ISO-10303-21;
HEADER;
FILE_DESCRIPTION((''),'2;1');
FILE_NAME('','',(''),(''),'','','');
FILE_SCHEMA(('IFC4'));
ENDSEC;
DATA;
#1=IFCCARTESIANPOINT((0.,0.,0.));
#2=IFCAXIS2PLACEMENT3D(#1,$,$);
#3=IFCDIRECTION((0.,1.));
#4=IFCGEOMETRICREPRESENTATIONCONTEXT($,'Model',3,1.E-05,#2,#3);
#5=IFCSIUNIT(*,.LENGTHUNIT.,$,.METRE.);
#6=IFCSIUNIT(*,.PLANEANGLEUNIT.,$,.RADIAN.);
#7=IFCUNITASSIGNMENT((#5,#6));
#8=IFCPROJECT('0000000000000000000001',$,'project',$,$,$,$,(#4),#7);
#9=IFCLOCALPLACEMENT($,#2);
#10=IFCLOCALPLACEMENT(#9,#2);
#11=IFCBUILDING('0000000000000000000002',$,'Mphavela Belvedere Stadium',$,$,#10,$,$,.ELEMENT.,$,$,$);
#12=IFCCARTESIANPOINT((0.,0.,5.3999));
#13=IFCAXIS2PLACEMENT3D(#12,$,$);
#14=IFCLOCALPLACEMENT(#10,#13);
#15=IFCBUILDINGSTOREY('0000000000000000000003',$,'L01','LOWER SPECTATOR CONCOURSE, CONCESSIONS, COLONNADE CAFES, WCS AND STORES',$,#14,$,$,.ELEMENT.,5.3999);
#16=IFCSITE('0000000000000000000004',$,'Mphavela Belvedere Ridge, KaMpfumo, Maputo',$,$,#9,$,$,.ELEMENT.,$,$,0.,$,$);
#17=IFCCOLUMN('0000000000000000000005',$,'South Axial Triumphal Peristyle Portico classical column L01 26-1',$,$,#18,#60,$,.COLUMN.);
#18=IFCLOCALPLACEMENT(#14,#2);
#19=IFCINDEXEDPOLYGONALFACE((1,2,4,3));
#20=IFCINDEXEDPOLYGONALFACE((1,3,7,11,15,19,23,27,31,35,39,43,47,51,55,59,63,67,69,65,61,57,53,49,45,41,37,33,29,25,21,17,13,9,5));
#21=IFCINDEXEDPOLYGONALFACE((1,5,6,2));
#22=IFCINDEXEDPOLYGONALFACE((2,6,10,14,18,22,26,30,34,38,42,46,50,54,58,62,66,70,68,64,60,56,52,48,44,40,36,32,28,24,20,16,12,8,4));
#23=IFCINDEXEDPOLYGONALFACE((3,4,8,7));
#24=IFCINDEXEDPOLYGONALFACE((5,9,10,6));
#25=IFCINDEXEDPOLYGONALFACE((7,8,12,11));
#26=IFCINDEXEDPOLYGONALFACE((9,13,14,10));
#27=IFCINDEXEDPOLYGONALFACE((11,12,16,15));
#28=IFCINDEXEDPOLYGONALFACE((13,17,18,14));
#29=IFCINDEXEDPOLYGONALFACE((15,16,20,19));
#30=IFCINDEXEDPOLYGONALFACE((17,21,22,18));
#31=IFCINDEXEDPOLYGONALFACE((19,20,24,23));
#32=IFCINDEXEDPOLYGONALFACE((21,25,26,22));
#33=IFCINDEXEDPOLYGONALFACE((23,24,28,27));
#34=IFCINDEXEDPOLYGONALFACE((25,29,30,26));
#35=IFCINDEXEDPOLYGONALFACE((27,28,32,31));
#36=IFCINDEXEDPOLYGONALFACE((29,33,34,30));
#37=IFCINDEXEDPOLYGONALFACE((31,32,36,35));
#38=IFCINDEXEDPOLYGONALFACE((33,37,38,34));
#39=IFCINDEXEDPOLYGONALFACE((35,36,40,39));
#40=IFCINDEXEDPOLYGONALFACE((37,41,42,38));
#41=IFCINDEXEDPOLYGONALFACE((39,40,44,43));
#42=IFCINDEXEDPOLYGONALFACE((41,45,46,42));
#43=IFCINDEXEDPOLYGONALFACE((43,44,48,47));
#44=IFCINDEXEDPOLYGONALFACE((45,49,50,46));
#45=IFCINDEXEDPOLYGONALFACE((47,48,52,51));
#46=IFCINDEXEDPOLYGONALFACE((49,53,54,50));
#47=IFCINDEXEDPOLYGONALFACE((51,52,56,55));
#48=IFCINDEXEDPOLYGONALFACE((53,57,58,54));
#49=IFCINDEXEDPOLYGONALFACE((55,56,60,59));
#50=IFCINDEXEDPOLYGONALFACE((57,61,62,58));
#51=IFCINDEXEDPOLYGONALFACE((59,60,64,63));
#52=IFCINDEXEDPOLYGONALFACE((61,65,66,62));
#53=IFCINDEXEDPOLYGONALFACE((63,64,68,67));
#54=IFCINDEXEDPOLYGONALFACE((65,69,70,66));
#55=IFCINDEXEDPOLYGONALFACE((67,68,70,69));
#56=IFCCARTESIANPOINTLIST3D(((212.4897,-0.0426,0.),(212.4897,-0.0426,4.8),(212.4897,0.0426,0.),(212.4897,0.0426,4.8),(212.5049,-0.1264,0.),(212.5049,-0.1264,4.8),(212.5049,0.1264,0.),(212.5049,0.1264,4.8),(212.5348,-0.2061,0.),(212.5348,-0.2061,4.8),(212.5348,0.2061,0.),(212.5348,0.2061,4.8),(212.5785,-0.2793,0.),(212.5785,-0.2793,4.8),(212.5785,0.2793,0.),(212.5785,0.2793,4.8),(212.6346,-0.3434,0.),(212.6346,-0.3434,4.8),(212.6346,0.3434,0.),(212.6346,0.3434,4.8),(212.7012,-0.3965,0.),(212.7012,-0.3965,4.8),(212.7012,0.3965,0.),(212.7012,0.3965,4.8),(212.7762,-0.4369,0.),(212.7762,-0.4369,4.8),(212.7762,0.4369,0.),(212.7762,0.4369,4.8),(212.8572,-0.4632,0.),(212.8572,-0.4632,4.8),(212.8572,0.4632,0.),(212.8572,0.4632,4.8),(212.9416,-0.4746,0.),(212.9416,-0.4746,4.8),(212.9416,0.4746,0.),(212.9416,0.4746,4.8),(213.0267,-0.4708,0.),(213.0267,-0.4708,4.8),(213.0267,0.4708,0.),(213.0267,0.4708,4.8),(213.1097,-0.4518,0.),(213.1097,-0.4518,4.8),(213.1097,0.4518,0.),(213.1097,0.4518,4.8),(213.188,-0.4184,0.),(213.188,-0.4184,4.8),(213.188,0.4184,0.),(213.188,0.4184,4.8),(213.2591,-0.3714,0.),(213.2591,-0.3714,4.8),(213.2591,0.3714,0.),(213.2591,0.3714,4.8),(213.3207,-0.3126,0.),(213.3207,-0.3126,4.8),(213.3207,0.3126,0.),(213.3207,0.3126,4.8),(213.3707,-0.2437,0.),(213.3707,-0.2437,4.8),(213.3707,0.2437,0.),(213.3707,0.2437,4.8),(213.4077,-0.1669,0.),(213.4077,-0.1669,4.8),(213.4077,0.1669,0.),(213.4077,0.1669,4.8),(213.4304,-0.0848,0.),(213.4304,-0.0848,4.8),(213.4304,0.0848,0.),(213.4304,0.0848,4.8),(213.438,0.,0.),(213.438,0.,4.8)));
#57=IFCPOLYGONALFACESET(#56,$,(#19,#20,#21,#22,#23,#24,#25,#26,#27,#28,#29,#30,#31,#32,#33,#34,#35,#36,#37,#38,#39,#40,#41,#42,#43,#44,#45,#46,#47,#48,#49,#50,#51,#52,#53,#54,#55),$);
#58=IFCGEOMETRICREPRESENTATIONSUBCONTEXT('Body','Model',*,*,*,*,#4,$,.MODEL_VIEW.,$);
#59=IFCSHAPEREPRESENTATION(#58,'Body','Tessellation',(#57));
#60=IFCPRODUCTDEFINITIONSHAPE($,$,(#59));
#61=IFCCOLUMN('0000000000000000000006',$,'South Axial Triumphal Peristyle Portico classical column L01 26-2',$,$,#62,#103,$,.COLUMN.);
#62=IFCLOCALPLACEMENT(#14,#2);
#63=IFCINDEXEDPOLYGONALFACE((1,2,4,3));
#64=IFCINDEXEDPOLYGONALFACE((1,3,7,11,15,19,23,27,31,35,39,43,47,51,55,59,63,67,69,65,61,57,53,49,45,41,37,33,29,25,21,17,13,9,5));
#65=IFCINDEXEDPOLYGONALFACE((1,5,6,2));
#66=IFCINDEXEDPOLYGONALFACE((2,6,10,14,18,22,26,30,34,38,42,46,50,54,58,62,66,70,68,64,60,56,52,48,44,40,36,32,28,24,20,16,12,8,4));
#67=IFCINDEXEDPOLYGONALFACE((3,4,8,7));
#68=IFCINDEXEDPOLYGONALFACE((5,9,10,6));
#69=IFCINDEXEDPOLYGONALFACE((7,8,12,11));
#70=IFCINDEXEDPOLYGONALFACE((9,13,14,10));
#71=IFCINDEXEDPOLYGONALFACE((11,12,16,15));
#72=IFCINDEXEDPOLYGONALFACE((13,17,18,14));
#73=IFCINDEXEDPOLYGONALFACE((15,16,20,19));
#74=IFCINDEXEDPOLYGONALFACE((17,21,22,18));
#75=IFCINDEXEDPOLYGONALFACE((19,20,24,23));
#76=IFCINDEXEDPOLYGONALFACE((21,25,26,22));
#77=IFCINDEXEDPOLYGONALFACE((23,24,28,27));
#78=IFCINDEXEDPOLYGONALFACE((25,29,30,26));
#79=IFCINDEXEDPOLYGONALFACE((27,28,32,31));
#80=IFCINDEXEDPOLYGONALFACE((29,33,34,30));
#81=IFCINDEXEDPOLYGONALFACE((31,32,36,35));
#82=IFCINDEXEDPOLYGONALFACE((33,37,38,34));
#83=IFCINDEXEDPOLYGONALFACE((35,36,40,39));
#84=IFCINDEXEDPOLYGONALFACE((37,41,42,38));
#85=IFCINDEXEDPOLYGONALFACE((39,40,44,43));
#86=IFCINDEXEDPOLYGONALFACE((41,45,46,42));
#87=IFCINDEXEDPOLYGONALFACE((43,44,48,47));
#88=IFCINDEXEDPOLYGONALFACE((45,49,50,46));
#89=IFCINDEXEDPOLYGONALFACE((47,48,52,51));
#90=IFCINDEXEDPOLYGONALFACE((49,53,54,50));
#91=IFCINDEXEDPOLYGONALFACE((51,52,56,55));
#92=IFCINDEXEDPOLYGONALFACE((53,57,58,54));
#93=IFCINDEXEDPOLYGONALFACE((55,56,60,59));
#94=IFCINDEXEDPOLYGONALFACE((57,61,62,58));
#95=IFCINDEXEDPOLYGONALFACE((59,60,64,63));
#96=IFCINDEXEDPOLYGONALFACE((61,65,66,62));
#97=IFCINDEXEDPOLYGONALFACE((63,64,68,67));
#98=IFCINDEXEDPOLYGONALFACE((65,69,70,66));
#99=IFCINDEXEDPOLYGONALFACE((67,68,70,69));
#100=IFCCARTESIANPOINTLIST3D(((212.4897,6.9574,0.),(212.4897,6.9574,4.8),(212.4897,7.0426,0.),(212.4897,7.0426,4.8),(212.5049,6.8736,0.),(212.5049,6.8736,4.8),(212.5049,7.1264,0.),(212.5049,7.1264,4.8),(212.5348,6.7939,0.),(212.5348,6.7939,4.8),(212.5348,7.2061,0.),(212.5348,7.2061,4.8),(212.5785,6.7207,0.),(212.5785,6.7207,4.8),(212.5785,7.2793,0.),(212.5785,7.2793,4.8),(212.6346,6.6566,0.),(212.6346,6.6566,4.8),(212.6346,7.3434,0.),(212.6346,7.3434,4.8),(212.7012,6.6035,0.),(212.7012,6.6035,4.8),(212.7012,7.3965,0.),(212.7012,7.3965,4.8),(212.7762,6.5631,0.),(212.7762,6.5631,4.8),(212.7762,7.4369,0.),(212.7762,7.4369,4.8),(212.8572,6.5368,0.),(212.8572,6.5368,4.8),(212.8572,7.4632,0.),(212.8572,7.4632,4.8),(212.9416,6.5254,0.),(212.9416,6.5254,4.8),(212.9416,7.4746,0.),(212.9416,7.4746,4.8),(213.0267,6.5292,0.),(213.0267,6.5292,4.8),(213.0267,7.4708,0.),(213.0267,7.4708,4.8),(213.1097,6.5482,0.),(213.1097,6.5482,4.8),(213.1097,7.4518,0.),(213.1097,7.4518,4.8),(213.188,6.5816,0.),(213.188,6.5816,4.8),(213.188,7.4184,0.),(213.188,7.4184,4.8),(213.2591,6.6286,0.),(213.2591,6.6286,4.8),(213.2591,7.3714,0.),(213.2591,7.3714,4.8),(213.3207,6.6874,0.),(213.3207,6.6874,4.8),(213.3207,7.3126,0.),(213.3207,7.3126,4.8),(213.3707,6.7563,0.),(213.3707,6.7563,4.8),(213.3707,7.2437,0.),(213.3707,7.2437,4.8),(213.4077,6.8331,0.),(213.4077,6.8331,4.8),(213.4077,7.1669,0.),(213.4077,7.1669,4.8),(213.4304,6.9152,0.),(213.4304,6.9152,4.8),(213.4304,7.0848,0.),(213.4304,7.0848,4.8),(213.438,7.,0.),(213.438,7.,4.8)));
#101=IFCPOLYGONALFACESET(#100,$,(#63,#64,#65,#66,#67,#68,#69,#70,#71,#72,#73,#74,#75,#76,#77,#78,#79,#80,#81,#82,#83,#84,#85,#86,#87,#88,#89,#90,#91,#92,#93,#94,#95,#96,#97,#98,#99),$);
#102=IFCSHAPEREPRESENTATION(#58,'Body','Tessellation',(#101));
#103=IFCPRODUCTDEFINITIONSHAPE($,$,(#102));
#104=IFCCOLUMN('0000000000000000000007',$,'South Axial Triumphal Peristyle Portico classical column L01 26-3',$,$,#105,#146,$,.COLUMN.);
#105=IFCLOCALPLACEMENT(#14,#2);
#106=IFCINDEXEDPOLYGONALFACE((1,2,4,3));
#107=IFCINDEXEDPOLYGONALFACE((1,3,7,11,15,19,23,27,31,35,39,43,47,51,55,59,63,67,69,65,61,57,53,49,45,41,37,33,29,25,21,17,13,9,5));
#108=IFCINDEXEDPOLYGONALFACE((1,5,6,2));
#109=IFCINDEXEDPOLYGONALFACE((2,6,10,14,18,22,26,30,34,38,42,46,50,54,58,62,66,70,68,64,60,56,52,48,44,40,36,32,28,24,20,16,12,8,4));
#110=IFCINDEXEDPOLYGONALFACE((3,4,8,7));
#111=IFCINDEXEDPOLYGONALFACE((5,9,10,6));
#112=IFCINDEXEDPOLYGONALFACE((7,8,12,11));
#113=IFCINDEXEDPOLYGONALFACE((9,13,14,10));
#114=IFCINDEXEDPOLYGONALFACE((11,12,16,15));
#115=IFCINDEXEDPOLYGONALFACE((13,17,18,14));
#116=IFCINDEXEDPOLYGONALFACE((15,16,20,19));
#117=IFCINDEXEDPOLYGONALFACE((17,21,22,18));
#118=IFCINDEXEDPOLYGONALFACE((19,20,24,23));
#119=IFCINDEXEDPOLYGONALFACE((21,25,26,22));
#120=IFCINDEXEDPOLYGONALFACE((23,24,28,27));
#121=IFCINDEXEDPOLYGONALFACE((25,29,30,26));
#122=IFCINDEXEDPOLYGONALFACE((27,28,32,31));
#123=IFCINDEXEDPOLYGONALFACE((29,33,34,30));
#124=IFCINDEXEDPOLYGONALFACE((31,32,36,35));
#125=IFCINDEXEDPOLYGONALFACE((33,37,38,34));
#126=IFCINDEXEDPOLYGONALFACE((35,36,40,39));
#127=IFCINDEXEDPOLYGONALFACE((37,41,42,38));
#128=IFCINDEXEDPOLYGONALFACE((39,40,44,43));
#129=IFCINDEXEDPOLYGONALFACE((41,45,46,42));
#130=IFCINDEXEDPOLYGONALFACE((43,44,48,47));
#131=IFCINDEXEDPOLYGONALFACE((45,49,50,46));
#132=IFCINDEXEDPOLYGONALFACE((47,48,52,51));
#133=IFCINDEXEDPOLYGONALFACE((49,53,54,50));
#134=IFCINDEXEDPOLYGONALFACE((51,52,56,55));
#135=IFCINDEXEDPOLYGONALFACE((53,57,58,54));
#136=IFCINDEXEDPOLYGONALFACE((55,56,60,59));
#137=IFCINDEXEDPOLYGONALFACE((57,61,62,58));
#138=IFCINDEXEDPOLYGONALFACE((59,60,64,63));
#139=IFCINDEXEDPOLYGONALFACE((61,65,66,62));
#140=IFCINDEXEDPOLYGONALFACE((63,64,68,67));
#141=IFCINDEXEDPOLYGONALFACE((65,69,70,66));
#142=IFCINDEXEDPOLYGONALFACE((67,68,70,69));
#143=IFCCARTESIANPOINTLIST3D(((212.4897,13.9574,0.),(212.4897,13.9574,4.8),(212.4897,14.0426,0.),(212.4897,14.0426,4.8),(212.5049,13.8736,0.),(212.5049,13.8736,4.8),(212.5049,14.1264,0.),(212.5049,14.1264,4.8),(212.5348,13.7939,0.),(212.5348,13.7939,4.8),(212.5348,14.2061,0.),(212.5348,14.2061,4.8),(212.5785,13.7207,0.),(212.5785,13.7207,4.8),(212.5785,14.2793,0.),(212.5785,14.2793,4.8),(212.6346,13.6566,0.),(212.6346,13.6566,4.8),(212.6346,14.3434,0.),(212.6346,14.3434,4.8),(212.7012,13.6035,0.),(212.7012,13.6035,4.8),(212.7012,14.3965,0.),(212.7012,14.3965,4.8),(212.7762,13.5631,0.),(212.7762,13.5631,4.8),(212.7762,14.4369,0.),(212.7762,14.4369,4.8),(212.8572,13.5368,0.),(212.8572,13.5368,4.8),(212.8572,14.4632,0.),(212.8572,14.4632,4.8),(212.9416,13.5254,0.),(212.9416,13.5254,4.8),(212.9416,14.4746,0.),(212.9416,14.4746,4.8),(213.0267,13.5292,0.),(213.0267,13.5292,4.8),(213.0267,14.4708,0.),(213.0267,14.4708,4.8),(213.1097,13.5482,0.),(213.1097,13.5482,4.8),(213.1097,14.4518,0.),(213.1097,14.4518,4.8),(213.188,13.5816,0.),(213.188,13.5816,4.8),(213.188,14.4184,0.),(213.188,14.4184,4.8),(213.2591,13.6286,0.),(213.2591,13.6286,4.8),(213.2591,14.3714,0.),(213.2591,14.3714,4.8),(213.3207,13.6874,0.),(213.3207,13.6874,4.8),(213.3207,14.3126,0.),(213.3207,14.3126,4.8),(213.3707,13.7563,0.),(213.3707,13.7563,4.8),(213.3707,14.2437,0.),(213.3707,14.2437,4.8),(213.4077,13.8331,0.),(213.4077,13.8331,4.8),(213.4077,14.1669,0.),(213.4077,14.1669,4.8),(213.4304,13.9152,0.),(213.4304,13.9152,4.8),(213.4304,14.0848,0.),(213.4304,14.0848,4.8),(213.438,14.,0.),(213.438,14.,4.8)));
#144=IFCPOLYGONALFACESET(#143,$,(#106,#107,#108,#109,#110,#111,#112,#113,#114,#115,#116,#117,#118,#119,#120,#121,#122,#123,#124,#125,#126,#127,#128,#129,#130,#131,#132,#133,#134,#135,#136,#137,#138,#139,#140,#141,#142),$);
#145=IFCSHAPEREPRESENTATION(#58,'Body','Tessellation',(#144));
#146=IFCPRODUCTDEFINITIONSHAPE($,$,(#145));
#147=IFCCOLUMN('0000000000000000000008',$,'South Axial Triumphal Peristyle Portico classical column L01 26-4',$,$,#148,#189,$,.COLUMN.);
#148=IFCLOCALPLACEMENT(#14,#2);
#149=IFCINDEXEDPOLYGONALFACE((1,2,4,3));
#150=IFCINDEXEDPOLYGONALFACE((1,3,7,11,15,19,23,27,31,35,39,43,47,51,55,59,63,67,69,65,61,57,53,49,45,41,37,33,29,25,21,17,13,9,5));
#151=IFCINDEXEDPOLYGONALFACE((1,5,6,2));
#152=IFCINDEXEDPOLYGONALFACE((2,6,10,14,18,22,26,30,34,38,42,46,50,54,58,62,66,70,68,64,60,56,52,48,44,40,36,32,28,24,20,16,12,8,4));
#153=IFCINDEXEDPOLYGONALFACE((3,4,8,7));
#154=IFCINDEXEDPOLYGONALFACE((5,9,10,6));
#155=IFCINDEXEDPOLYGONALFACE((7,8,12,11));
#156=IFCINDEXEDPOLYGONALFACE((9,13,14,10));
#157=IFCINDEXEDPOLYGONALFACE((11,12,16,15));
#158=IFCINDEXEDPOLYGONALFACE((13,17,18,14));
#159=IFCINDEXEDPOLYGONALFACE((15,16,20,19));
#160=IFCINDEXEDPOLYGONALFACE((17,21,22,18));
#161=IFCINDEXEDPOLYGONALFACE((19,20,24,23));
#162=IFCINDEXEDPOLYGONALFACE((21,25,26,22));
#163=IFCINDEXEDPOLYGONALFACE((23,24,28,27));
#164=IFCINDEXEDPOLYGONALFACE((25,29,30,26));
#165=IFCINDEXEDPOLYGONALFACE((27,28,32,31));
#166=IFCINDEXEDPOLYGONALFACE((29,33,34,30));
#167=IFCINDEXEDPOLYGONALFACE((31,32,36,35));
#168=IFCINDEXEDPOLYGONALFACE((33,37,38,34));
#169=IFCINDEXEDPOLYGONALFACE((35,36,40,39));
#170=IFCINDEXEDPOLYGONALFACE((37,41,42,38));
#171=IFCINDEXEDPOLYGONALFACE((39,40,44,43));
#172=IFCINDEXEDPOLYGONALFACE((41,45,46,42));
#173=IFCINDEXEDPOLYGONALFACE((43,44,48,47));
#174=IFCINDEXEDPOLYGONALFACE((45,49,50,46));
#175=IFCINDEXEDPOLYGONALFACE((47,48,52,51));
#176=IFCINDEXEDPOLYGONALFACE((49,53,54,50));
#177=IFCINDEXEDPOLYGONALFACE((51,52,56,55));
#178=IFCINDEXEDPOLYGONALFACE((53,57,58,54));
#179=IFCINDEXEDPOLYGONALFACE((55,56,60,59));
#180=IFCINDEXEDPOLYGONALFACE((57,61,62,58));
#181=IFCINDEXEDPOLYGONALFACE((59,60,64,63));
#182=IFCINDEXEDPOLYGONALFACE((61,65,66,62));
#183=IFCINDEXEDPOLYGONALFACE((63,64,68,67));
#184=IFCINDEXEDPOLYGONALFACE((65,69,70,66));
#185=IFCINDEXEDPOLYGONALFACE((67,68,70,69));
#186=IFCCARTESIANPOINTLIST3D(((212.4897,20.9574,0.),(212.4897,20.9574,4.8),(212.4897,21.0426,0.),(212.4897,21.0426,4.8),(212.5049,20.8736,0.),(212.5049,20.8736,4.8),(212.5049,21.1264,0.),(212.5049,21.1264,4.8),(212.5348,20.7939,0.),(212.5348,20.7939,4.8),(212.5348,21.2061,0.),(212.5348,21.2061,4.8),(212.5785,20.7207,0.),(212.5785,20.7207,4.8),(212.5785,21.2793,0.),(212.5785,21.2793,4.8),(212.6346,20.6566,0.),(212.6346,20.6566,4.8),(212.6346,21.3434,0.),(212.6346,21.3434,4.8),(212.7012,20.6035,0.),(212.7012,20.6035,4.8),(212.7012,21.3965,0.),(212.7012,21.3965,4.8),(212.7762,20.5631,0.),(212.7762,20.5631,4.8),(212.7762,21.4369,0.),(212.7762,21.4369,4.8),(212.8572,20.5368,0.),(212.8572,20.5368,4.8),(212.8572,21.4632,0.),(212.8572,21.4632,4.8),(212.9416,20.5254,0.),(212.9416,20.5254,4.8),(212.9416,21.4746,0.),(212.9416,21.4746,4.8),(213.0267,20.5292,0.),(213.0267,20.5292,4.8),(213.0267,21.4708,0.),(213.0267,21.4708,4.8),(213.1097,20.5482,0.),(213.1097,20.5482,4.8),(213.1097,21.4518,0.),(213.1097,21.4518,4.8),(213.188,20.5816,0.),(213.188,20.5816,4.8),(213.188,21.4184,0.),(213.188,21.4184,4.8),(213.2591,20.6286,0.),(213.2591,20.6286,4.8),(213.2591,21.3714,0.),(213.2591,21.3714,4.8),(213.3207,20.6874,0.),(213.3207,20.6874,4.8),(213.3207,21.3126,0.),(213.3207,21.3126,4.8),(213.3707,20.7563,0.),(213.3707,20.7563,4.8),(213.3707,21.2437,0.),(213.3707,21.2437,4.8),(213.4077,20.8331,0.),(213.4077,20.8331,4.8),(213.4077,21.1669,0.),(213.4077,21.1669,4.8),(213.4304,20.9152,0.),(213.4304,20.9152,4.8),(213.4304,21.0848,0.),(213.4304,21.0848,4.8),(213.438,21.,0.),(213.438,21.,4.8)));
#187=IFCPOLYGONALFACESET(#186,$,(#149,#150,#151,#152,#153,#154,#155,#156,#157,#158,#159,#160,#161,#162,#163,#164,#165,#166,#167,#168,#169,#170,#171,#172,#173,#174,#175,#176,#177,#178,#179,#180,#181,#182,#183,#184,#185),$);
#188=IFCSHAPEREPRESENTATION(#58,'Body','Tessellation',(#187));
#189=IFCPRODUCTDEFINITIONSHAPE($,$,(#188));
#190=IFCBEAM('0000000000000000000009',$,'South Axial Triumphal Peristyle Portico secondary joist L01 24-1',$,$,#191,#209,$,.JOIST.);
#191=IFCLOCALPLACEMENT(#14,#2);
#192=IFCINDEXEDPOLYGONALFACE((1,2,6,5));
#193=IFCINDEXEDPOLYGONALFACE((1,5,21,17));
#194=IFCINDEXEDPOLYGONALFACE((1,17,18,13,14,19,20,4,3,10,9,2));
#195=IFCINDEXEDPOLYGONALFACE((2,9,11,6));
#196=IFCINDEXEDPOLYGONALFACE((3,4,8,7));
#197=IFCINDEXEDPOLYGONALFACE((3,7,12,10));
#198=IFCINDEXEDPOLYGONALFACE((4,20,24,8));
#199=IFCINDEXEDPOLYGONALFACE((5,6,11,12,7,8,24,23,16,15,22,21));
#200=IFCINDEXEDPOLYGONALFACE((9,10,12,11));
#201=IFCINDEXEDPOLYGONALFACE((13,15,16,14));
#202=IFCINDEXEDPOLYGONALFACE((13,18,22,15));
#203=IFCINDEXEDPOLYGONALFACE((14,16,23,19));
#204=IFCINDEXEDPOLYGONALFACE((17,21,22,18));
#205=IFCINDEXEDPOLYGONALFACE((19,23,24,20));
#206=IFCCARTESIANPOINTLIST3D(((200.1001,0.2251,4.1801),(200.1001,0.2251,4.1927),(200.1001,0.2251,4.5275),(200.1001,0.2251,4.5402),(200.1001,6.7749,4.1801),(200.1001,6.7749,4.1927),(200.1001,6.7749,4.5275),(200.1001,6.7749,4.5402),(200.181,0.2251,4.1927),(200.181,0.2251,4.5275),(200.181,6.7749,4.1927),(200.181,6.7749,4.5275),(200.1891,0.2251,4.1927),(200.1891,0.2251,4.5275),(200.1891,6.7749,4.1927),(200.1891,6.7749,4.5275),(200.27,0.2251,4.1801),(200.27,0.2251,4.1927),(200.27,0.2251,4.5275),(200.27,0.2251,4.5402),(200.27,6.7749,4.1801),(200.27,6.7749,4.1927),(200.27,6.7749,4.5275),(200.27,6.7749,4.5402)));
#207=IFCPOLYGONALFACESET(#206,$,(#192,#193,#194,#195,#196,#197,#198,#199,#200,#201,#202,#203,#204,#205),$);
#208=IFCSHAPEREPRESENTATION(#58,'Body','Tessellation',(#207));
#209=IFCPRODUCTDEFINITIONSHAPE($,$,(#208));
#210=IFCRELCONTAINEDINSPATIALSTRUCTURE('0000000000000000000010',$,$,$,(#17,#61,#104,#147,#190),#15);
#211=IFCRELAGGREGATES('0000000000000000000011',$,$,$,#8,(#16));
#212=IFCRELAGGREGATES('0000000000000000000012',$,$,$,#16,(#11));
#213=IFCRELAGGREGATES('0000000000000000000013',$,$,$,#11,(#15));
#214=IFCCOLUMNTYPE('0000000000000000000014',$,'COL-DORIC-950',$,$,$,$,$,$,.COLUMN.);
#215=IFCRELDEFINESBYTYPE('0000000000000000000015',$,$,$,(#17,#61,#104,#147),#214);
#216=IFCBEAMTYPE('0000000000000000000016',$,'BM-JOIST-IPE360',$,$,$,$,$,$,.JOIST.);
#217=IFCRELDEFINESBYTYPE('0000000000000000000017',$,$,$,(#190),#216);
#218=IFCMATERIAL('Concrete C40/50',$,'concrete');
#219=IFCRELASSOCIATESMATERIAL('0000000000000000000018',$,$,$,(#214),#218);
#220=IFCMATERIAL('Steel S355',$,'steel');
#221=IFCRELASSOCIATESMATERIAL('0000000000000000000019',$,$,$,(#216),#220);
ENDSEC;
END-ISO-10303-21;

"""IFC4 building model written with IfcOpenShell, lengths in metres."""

from ifc_helpers import new_model, si_unit, direction, frame, origin, origin_2d, place, context, subcontext, project, spatial, circle, i_section, extrude, material, material_profile, profile_set, type_object, element, save


model = new_model("IFC4")

# Units and contexts
model_context = context("Model", 3, precision=1e-05, world=origin(), true_north=direction((0.0, 1.0)))
body_context = subcontext(model_context, "Body", "Model", "MODEL_VIEW")
ifc_project = project(units=[si_unit("LENGTHUNIT", "METRE"), si_unit("PLANEANGLEUNIT", "RADIAN")], contexts=[model_context])

# Site, building, storey
site_placement = place(None, origin())
site = spatial("IfcSite", under=ifc_project, at=site_placement, Name="Mphavela Belvedere Ridge, KaMpfumo, Maputo", CompositionType="ELEMENT", RefElevation=0.0)
building_placement = place(site_placement, origin())
building = spatial("IfcBuilding", under=site, at=building_placement, Name="Mphavela Belvedere Stadium", CompositionType="ELEMENT")
storey_placement = place(building_placement, frame((0.0, 0.0, 5.3999)))
storey = spatial("IfcBuildingStorey", under=building, at=storey_placement, Name="L01", Description="LOWER SPECTATOR CONCOURSE, CONCESSIONS, COLONNADE CAFES, WCS AND STORES", CompositionType="ELEMENT", Elevation=5.3999)

# Columns
ifc_material_1 = material(Name="Concrete C40/50", Category="concrete")
ifc_material_profile_1 = material_profile(ifc_material_1, circle(Radius=0.4751, at=origin_2d()), Name="COL D950")
ifc_profile_set_1 = profile_set([ifc_material_profile_1], Name="Concrete C40/50")
column_type = type_object("IfcColumnType", Name="COL-DORIC-950", PredefinedType="COLUMN", material=ifc_profile_set_1)
for number, where, z_axis, x_axis, name in (
    (1, (212.9629, 0.0, 0.0), (0.0, 0.0, 1.0), (1.0, 0.0, 0.0), "South Axial Triumphal Peristyle Portico classical column L01 26-1"),
    (2, (212.9629, 7.0, 0.0), (0.0, 0.0, 1.0), (1.0, 0.0, 0.0), "South Axial Triumphal Peristyle Portico classical column L01 26-2"),
    (3, (212.9629, 14.0, 0.0), (0.0, 0.0, 1.0), (1.0, 0.0, 0.0), "South Axial Triumphal Peristyle Portico classical column L01 26-3"),
    (4, (212.9629, 21.0, 0.0), (0.0, 0.0, 1.0), (1.0, 0.0, 0.0), "South Axial Triumphal Peristyle Portico classical column L01 26-4"),
):
    element("IfcColumn", number, at=place(storey_placement, frame(where, z_axis=z_axis, x_axis=x_axis)), inside=storey, type_object=column_type, Name=name, PredefinedType="COLUMN", context=body_context, shape_type="SweptSolid", body=[
        extrude(circle(Radius=0.4751, at=origin_2d()), origin(), (0.0, 0.0, 1.0), 4.8),
    ])

# Beam
ifc_material_2 = material(Name="Steel S355", Category="steel")
ifc_material_profile_2 = material_profile(ifc_material_2, i_section(OverallWidth=0.1699, OverallDepth=0.3601, WebThickness=0.0081, FlangeThickness=0.0127, at=origin_2d()), Name="IPE 360")
ifc_profile_set_2 = profile_set([ifc_material_profile_2], Name="Steel S355")
beam_type_1 = type_object("IfcBeamType", Name="BM-JOIST-IPE360", PredefinedType="JOIST", material=ifc_profile_set_2)
for number, where, z_axis, x_axis, name in (
    (5, (200.1851, 0.2251, 4.3601), (0.0, 1.0, 0.0), (-1.0, 0.0, 0.0), "South Axial Triumphal Peristyle Portico secondary joist L01 24-1"),
):
    element("IfcBeam", number, at=place(storey_placement, frame(where, z_axis=z_axis, x_axis=x_axis)), inside=storey, type_object=beam_type_1, Name=name, PredefinedType="JOIST", context=body_context, shape_type="SweptSolid", body=[
        extrude(i_section(OverallWidth=0.1699, OverallDepth=0.3601, WebThickness=0.0081, FlangeThickness=0.0127, at=origin_2d()), origin(), (0.0, 0.0, 1.0), 6.5498),
    ])

save(model, "model.ifc")
